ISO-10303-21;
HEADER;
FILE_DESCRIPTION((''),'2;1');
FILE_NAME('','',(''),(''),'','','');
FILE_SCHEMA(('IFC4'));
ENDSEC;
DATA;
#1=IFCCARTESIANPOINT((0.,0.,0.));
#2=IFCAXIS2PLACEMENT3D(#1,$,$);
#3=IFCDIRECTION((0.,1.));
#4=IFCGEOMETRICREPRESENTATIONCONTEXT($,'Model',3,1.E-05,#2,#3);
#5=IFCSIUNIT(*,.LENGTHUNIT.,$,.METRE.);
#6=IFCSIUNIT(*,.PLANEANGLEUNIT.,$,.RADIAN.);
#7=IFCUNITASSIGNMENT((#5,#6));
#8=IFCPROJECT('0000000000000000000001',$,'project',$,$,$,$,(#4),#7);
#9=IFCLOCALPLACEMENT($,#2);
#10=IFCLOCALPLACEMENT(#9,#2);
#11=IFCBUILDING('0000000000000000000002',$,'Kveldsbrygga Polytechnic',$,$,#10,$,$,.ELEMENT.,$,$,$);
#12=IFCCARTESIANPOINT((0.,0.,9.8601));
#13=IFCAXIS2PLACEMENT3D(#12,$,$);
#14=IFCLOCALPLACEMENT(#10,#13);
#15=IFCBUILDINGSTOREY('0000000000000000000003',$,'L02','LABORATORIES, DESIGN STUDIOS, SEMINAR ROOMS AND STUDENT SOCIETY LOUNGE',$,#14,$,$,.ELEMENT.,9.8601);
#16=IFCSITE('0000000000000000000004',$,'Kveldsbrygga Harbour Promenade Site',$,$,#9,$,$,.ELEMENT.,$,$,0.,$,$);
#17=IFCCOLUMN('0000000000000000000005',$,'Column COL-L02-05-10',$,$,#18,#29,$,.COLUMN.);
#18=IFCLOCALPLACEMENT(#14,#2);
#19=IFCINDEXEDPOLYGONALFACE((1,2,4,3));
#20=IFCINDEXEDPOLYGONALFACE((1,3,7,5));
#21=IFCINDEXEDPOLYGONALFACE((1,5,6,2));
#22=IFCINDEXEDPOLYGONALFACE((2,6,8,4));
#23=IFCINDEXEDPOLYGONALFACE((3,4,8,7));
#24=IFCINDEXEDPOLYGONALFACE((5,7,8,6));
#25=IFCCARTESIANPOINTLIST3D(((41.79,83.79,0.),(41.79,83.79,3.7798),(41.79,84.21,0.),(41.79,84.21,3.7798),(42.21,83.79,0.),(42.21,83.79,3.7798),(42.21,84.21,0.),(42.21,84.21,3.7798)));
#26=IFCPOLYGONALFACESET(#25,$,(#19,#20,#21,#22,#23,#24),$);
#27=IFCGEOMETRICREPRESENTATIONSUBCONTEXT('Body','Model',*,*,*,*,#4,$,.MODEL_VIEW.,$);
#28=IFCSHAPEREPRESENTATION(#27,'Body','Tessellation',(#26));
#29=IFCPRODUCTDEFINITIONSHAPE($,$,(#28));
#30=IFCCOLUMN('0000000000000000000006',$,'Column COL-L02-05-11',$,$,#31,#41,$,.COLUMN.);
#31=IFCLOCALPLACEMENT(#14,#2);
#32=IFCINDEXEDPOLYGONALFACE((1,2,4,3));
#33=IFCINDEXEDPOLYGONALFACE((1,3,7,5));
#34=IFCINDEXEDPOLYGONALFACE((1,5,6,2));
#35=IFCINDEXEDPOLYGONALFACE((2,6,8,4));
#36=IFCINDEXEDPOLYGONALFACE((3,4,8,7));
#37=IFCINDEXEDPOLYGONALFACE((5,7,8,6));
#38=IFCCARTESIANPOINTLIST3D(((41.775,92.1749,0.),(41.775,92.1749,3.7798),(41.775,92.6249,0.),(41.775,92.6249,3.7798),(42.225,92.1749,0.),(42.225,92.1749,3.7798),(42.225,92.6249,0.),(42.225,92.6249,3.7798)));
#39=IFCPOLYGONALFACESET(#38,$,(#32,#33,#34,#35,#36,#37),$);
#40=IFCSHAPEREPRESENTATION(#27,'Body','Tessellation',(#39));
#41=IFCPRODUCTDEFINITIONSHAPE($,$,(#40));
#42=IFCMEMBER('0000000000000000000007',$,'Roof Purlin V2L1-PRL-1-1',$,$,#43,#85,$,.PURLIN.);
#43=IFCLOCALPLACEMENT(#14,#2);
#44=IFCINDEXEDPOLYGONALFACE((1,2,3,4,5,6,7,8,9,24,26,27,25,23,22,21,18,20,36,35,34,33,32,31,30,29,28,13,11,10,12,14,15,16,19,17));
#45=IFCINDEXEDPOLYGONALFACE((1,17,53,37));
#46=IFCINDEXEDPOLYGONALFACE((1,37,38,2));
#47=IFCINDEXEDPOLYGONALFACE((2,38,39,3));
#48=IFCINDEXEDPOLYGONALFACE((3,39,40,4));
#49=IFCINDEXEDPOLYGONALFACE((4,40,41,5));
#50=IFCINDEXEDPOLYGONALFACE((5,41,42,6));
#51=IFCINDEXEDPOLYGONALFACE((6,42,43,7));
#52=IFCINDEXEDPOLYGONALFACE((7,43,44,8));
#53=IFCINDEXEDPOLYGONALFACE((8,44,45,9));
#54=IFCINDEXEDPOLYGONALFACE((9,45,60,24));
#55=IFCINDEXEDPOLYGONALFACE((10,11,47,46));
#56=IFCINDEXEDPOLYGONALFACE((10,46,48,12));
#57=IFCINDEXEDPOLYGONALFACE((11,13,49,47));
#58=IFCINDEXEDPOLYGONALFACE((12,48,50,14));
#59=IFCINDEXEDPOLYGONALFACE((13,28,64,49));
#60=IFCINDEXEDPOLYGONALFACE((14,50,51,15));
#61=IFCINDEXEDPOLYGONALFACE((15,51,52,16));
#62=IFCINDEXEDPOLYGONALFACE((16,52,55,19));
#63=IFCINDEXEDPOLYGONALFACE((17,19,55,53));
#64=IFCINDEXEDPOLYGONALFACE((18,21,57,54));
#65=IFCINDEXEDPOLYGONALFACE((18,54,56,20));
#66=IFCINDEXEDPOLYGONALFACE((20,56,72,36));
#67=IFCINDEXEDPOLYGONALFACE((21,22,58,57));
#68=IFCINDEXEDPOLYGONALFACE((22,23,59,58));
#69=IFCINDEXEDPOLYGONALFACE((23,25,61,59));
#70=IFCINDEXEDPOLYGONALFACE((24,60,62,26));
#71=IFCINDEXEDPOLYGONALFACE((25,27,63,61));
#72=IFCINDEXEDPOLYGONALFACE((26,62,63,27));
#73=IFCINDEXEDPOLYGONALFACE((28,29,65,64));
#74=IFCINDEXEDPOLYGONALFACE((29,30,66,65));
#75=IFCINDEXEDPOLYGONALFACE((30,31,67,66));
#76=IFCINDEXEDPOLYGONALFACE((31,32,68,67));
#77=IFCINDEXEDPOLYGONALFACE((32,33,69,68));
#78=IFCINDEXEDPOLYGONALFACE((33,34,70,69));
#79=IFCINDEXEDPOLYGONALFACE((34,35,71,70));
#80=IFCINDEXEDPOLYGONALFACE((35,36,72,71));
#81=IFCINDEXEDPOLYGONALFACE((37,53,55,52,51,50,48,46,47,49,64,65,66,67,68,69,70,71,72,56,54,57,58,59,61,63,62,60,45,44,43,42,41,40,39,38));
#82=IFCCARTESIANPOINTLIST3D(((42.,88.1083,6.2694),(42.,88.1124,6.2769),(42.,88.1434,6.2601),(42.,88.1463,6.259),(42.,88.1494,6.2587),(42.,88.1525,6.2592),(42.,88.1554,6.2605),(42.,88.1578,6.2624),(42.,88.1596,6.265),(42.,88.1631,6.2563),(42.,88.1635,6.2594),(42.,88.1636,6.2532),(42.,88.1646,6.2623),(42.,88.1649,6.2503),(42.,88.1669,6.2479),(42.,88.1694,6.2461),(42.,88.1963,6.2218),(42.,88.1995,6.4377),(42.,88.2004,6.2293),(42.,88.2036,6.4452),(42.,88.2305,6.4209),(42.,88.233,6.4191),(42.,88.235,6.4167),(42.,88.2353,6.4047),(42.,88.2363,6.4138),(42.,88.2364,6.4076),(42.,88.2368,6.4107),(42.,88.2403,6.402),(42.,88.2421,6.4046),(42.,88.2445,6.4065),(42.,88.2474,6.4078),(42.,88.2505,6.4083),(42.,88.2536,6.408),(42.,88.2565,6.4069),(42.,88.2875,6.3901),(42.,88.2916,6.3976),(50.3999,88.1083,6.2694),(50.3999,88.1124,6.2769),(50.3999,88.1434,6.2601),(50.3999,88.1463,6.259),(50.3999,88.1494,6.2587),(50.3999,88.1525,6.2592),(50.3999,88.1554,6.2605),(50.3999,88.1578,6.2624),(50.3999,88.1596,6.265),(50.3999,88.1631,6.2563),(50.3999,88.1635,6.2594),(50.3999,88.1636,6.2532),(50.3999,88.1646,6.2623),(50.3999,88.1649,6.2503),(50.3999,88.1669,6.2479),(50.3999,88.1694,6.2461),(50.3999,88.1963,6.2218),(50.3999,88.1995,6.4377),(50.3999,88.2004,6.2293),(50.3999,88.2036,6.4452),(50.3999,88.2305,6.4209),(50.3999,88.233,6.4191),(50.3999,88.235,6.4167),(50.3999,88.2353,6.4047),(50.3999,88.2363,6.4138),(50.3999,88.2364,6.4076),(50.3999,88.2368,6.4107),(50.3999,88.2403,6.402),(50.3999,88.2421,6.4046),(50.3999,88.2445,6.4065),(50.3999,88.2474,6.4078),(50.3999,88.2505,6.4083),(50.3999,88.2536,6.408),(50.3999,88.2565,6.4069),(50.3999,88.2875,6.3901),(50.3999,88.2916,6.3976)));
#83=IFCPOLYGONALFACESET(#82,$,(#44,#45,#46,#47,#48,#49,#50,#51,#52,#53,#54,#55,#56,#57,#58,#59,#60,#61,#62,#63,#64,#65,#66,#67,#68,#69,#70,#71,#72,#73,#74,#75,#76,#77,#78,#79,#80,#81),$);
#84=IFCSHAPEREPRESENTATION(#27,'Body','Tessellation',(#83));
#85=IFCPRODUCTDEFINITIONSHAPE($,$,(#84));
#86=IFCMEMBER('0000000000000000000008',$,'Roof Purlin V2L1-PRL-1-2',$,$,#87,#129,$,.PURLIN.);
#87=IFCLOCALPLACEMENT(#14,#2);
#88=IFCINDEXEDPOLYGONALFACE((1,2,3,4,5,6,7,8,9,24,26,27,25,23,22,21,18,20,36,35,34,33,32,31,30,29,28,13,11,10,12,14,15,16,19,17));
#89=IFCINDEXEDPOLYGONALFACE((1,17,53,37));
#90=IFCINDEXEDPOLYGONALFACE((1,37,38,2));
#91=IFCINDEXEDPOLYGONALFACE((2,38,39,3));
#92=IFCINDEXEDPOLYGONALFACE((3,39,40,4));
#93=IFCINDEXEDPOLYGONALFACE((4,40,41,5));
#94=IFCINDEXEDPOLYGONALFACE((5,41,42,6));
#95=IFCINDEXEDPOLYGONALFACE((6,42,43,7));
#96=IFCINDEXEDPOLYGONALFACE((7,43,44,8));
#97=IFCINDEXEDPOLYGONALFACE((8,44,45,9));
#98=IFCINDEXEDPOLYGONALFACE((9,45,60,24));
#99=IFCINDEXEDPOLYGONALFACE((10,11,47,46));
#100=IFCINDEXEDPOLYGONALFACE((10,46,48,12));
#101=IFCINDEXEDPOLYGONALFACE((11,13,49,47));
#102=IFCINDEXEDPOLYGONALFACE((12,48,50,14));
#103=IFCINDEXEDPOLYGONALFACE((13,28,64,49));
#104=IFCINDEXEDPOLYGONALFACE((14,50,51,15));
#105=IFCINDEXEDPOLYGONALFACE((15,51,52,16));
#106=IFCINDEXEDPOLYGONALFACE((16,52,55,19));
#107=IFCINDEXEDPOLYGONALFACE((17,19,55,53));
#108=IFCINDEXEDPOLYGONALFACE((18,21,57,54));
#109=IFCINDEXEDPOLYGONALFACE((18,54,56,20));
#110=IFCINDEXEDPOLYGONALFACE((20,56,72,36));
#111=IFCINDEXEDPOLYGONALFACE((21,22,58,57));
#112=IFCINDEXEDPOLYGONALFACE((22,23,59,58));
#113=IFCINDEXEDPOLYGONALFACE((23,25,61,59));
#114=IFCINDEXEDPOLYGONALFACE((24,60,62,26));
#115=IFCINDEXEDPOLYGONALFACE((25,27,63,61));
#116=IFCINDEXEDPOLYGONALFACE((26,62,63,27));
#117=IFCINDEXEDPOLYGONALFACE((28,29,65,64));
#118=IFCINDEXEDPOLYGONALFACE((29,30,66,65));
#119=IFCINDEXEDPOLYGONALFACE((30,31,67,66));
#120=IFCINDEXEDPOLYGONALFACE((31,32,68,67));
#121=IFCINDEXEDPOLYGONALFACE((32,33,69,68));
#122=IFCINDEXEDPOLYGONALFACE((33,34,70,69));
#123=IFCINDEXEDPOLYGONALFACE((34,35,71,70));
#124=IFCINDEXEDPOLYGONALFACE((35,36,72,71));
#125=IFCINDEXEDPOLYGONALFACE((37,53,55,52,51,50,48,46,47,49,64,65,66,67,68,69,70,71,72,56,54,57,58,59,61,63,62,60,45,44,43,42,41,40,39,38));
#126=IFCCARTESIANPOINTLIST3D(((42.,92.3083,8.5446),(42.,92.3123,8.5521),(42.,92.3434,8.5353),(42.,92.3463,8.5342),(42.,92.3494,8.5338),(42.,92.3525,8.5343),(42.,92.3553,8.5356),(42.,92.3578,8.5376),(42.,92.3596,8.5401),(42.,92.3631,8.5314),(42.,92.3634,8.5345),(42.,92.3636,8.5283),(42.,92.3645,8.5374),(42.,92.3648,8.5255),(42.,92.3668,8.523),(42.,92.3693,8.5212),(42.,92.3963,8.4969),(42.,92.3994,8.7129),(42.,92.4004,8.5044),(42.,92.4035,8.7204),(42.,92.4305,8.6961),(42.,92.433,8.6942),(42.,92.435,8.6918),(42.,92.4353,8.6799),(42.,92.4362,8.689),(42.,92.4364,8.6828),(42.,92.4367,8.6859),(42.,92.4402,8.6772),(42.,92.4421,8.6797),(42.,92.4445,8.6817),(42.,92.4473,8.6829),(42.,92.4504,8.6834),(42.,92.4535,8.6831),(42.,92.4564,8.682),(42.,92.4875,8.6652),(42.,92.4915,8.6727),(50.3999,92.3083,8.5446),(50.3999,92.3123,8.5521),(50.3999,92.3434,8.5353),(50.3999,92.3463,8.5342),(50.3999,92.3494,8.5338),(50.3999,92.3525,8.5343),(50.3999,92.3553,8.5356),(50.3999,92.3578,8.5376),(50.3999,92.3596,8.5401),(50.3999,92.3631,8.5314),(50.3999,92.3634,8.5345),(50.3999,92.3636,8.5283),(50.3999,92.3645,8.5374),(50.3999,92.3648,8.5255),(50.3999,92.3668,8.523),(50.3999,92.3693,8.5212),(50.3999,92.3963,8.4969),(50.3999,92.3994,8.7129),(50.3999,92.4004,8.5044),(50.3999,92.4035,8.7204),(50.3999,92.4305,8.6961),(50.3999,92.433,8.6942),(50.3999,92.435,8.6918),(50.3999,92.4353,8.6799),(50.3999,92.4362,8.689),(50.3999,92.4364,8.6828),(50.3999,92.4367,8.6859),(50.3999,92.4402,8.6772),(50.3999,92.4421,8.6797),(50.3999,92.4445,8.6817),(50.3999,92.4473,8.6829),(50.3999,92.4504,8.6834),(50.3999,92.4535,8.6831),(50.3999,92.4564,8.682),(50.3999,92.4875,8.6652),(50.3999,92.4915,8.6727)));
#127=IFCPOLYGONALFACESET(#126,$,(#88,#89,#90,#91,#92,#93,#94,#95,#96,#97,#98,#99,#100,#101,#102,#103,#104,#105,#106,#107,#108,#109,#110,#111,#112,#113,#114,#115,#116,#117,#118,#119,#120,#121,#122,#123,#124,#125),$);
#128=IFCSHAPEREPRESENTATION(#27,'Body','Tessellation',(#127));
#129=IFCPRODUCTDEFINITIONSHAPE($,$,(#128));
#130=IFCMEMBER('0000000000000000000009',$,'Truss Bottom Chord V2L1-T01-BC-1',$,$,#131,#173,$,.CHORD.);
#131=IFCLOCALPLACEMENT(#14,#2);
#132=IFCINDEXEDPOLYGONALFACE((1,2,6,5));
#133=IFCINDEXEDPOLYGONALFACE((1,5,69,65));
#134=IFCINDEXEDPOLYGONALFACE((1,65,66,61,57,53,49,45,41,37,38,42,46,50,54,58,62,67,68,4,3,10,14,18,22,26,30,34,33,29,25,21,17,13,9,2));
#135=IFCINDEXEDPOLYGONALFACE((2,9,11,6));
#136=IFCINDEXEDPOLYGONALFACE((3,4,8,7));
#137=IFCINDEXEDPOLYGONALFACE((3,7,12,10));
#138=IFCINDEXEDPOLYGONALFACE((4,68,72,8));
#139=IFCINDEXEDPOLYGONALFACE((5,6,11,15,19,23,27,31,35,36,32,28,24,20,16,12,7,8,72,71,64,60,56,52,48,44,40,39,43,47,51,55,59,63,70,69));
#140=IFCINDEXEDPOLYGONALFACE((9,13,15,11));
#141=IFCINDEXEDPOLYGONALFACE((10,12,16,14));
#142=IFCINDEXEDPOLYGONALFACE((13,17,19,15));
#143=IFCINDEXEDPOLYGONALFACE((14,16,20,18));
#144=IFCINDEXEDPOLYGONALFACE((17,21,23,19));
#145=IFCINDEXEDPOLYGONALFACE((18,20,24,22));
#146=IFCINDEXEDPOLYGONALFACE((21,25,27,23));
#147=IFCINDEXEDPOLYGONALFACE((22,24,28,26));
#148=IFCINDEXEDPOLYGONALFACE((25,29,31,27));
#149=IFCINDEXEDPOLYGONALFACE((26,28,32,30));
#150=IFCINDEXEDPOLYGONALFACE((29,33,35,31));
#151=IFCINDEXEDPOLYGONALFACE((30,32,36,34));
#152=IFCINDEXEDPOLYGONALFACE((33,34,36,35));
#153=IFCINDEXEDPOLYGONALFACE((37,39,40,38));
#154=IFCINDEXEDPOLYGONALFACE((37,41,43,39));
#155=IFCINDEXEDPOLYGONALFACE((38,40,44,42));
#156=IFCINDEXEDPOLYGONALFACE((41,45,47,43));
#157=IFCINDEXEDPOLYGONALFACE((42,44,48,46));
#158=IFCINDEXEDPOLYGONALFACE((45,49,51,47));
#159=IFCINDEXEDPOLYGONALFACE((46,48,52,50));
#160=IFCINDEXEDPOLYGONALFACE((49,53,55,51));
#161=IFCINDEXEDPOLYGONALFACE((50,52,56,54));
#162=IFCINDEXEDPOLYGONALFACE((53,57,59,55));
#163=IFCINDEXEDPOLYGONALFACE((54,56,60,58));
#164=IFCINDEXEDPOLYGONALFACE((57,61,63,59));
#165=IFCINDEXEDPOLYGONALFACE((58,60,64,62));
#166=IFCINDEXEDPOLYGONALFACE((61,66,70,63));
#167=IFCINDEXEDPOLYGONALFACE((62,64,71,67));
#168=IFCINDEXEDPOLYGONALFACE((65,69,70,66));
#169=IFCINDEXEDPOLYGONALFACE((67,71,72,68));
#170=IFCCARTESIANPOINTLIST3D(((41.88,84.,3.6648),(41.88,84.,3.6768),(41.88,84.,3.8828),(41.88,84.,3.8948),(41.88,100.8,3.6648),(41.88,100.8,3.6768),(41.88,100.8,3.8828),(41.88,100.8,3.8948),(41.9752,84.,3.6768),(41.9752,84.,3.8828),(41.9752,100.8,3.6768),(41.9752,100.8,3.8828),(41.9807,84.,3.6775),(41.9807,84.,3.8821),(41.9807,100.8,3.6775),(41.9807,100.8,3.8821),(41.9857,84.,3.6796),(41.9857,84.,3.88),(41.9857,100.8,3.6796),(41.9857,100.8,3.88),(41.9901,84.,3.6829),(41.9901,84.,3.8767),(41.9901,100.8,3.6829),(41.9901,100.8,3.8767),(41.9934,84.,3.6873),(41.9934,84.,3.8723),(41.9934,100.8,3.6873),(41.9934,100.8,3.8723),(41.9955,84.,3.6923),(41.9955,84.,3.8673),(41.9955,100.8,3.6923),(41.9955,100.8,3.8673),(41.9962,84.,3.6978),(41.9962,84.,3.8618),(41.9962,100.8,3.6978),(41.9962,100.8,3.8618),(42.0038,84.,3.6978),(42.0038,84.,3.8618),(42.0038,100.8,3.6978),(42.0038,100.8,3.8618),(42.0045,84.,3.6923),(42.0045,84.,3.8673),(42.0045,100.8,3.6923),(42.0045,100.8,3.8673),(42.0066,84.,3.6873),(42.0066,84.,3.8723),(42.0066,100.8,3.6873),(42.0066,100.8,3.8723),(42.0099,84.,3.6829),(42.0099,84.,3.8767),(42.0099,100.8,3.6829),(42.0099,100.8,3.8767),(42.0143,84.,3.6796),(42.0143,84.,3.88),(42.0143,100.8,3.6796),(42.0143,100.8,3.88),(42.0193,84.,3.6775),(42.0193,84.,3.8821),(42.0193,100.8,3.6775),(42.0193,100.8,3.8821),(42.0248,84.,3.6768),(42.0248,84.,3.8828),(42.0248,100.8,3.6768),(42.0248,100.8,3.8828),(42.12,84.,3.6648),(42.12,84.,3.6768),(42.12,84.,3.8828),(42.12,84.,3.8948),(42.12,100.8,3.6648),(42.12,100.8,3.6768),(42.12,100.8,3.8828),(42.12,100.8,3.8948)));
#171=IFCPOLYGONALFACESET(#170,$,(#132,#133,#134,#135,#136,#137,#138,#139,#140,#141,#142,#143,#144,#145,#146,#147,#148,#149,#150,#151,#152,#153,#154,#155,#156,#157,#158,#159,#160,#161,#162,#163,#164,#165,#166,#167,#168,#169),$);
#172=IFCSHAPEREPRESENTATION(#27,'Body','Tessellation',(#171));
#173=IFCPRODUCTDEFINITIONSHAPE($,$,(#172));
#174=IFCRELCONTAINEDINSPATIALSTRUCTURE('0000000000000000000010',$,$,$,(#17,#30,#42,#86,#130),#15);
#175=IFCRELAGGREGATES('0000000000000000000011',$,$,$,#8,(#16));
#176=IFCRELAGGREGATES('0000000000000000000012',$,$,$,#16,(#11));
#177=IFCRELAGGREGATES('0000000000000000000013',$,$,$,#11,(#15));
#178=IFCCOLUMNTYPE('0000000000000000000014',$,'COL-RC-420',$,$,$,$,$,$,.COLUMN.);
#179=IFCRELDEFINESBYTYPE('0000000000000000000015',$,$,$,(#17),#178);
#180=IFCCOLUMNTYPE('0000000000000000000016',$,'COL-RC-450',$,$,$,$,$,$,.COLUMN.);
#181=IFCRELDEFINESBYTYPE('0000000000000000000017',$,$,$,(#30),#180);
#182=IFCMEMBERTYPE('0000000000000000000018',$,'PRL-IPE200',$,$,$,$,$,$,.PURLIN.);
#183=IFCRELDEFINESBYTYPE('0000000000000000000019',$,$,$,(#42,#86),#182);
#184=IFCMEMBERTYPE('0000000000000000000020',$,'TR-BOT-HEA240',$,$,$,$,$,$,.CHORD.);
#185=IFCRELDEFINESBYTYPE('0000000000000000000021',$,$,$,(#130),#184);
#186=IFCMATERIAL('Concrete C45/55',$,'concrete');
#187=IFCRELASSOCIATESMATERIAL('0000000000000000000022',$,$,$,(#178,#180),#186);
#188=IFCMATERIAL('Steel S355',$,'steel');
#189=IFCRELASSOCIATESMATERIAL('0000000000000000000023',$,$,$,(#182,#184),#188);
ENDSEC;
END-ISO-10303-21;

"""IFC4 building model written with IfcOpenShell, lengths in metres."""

from ifc_helpers import new_model, si_unit, direction, frame, origin, origin_2d, place, context, subcontext, project, spatial, rectangle, i_section, extrude, material, material_profile, profile_set, type_object, element, save


model = new_model("IFC4")

# Units and contexts
model_context = context("Model", 3, precision=1e-05, world=origin(), true_north=direction((0.0, 1.0)))
body_context = subcontext(model_context, "Body", "Model", "MODEL_VIEW")
ifc_project = project(units=[si_unit("LENGTHUNIT", "METRE"), si_unit("PLANEANGLEUNIT", "RADIAN")], contexts=[model_context])

# Site, building, storey
site_placement = place(None, origin())
site = spatial("IfcSite", under=ifc_project, at=site_placement, Name="Kveldsbrygga Harbour Promenade Site", CompositionType="ELEMENT", RefElevation=0.0)
building_placement = place(site_placement, origin())
building = spatial("IfcBuilding", under=site, at=building_placement, Name="Kveldsbrygga Polytechnic", CompositionType="ELEMENT")
storey_placement = place(building_placement, frame((0.0, 0.0, 9.8601)))
storey = spatial("IfcBuildingStorey", under=building, at=storey_placement, Name="L02", Description="LABORATORIES, DESIGN STUDIOS, SEMINAR ROOMS AND STUDENT SOCIETY LOUNGE", CompositionType="ELEMENT", Elevation=9.8601)

# Columns
ifc_material_1 = material(Name="Concrete C45/55", Category="concrete")
ifc_material_profile_1 = material_profile(ifc_material_1, rectangle(XDim=0.4199, YDim=0.4199, at=origin_2d()), Name="RC 420x420")
ifc_profile_set_1 = profile_set([ifc_material_profile_1], Name="Concrete C45/55")
column_type_1 = type_object("IfcColumnType", Name="COL-RC-420", PredefinedType="COLUMN", material=ifc_profile_set_1)
column_1_placement = place(storey_placement, frame((42.0, 84.0, 0.0), z_axis=(0.0, 0.0, 1.0), x_axis=(1.0, 0.0, 0.0)))
element("IfcColumn", 1, at=column_1_placement, inside=storey, type_object=column_type_1, Name="Column COL-L02-05-10", PredefinedType="COLUMN", context=body_context, shape_type="SweptSolid", body=[
    extrude(rectangle(XDim=0.4199, YDim=0.4199, at=origin_2d()), origin(), (0.0, 0.0, 1.0), 3.7798),
])
ifc_material_profile_2 = material_profile(ifc_material_1, rectangle(XDim=0.45, YDim=0.45, at=origin_2d()), Name="RC 450x450")
ifc_profile_set_2 = profile_set([ifc_material_profile_2], Name="Concrete C45/55")
column_type_2 = type_object("IfcColumnType", Name="COL-RC-450", PredefinedType="COLUMN", material=ifc_profile_set_2)
column_2_placement = place(storey_placement, frame((42.0, 92.3999, 0.0), z_axis=(0.0, 0.0, 1.0), x_axis=(1.0, 0.0, 0.0)))
element("IfcColumn", 2, at=column_2_placement, inside=storey, type_object=column_type_2, Name="Column COL-L02-05-11", PredefinedType="COLUMN", context=body_context, shape_type="SweptSolid", body=[
    extrude(rectangle(XDim=0.45, YDim=0.45, at=origin_2d()), origin(), (0.0, 0.0, 1.0), 3.7798),
])

# Members
ifc_material_2 = material(Name="Steel S355", Category="steel")
ifc_material_profile_3 = material_profile(ifc_material_2, i_section(OverallWidth=0.1001, OverallDepth=0.2, WebThickness=0.0056, FlangeThickness=0.0085, FilletRadius=0.012, at=origin_2d()), Name="IPE 200")
ifc_profile_set_3 = profile_set([ifc_material_profile_3], Name="Steel S355")
member_type_1 = type_object("IfcMemberType", Name="PRL-IPE200", PredefinedType="PURLIN", material=ifc_profile_set_3)
for number, where, z_axis, x_axis, name in (
    (3, (42.0, 88.2, 6.3335), (1.0, 0.0, 0.0), (0.0, 0.879292, -0.476283), "Roof Purlin V2L1-PRL-1-1"),
    (4, (42.0, 92.3999, 8.6086), (1.0, 0.0, 0.0), (0.0, 0.879292, -0.476283), "Roof Purlin V2L1-PRL-1-2"),
):
    element("IfcMember", number, at=place(storey_placement, frame(where, z_axis=z_axis, x_axis=x_axis)), inside=storey, type_object=member_type_1, Name=name, PredefinedType="PURLIN", context=body_context, shape_type="SweptSolid", body=[
        extrude(i_section(OverallWidth=0.1001, OverallDepth=0.2, WebThickness=0.0056, FlangeThickness=0.0085, FilletRadius=0.012, at=origin_2d()), origin(), (0.0, 0.0, 1.0), 8.3999),
    ])
ifc_material_profile_4 = material_profile(ifc_material_2, i_section(OverallWidth=0.24, OverallDepth=0.23, WebThickness=0.0076, FlangeThickness=0.012, FilletRadius=0.021, at=origin_2d()), Name="HEA 240")
ifc_profile_set_4 = profile_set([ifc_material_profile_4], Name="Steel S355")
member_type_2 = type_object("IfcMemberType", Name="TR-BOT-HEA240", PredefinedType="CHORD", material=ifc_profile_set_4)
member_1_placement = place(storey_placement, frame((42.0, 84.0, 3.7798), z_axis=(0.0, 1.0, 0.0), x_axis=(-1.0, 0.0, 0.0)))
element("IfcMember", 5, at=member_1_placement, inside=storey, type_object=member_type_2, Name="Truss Bottom Chord V2L1-T01-BC-1", PredefinedType="CHORD", context=body_context, shape_type="SweptSolid", body=[
    extrude(i_section(OverallWidth=0.24, OverallDepth=0.23, WebThickness=0.0076, FlangeThickness=0.012, FilletRadius=0.021, at=origin_2d()), origin(), (0.0, 0.0, 1.0), 16.8),
])

save(model, "model.ifc")
